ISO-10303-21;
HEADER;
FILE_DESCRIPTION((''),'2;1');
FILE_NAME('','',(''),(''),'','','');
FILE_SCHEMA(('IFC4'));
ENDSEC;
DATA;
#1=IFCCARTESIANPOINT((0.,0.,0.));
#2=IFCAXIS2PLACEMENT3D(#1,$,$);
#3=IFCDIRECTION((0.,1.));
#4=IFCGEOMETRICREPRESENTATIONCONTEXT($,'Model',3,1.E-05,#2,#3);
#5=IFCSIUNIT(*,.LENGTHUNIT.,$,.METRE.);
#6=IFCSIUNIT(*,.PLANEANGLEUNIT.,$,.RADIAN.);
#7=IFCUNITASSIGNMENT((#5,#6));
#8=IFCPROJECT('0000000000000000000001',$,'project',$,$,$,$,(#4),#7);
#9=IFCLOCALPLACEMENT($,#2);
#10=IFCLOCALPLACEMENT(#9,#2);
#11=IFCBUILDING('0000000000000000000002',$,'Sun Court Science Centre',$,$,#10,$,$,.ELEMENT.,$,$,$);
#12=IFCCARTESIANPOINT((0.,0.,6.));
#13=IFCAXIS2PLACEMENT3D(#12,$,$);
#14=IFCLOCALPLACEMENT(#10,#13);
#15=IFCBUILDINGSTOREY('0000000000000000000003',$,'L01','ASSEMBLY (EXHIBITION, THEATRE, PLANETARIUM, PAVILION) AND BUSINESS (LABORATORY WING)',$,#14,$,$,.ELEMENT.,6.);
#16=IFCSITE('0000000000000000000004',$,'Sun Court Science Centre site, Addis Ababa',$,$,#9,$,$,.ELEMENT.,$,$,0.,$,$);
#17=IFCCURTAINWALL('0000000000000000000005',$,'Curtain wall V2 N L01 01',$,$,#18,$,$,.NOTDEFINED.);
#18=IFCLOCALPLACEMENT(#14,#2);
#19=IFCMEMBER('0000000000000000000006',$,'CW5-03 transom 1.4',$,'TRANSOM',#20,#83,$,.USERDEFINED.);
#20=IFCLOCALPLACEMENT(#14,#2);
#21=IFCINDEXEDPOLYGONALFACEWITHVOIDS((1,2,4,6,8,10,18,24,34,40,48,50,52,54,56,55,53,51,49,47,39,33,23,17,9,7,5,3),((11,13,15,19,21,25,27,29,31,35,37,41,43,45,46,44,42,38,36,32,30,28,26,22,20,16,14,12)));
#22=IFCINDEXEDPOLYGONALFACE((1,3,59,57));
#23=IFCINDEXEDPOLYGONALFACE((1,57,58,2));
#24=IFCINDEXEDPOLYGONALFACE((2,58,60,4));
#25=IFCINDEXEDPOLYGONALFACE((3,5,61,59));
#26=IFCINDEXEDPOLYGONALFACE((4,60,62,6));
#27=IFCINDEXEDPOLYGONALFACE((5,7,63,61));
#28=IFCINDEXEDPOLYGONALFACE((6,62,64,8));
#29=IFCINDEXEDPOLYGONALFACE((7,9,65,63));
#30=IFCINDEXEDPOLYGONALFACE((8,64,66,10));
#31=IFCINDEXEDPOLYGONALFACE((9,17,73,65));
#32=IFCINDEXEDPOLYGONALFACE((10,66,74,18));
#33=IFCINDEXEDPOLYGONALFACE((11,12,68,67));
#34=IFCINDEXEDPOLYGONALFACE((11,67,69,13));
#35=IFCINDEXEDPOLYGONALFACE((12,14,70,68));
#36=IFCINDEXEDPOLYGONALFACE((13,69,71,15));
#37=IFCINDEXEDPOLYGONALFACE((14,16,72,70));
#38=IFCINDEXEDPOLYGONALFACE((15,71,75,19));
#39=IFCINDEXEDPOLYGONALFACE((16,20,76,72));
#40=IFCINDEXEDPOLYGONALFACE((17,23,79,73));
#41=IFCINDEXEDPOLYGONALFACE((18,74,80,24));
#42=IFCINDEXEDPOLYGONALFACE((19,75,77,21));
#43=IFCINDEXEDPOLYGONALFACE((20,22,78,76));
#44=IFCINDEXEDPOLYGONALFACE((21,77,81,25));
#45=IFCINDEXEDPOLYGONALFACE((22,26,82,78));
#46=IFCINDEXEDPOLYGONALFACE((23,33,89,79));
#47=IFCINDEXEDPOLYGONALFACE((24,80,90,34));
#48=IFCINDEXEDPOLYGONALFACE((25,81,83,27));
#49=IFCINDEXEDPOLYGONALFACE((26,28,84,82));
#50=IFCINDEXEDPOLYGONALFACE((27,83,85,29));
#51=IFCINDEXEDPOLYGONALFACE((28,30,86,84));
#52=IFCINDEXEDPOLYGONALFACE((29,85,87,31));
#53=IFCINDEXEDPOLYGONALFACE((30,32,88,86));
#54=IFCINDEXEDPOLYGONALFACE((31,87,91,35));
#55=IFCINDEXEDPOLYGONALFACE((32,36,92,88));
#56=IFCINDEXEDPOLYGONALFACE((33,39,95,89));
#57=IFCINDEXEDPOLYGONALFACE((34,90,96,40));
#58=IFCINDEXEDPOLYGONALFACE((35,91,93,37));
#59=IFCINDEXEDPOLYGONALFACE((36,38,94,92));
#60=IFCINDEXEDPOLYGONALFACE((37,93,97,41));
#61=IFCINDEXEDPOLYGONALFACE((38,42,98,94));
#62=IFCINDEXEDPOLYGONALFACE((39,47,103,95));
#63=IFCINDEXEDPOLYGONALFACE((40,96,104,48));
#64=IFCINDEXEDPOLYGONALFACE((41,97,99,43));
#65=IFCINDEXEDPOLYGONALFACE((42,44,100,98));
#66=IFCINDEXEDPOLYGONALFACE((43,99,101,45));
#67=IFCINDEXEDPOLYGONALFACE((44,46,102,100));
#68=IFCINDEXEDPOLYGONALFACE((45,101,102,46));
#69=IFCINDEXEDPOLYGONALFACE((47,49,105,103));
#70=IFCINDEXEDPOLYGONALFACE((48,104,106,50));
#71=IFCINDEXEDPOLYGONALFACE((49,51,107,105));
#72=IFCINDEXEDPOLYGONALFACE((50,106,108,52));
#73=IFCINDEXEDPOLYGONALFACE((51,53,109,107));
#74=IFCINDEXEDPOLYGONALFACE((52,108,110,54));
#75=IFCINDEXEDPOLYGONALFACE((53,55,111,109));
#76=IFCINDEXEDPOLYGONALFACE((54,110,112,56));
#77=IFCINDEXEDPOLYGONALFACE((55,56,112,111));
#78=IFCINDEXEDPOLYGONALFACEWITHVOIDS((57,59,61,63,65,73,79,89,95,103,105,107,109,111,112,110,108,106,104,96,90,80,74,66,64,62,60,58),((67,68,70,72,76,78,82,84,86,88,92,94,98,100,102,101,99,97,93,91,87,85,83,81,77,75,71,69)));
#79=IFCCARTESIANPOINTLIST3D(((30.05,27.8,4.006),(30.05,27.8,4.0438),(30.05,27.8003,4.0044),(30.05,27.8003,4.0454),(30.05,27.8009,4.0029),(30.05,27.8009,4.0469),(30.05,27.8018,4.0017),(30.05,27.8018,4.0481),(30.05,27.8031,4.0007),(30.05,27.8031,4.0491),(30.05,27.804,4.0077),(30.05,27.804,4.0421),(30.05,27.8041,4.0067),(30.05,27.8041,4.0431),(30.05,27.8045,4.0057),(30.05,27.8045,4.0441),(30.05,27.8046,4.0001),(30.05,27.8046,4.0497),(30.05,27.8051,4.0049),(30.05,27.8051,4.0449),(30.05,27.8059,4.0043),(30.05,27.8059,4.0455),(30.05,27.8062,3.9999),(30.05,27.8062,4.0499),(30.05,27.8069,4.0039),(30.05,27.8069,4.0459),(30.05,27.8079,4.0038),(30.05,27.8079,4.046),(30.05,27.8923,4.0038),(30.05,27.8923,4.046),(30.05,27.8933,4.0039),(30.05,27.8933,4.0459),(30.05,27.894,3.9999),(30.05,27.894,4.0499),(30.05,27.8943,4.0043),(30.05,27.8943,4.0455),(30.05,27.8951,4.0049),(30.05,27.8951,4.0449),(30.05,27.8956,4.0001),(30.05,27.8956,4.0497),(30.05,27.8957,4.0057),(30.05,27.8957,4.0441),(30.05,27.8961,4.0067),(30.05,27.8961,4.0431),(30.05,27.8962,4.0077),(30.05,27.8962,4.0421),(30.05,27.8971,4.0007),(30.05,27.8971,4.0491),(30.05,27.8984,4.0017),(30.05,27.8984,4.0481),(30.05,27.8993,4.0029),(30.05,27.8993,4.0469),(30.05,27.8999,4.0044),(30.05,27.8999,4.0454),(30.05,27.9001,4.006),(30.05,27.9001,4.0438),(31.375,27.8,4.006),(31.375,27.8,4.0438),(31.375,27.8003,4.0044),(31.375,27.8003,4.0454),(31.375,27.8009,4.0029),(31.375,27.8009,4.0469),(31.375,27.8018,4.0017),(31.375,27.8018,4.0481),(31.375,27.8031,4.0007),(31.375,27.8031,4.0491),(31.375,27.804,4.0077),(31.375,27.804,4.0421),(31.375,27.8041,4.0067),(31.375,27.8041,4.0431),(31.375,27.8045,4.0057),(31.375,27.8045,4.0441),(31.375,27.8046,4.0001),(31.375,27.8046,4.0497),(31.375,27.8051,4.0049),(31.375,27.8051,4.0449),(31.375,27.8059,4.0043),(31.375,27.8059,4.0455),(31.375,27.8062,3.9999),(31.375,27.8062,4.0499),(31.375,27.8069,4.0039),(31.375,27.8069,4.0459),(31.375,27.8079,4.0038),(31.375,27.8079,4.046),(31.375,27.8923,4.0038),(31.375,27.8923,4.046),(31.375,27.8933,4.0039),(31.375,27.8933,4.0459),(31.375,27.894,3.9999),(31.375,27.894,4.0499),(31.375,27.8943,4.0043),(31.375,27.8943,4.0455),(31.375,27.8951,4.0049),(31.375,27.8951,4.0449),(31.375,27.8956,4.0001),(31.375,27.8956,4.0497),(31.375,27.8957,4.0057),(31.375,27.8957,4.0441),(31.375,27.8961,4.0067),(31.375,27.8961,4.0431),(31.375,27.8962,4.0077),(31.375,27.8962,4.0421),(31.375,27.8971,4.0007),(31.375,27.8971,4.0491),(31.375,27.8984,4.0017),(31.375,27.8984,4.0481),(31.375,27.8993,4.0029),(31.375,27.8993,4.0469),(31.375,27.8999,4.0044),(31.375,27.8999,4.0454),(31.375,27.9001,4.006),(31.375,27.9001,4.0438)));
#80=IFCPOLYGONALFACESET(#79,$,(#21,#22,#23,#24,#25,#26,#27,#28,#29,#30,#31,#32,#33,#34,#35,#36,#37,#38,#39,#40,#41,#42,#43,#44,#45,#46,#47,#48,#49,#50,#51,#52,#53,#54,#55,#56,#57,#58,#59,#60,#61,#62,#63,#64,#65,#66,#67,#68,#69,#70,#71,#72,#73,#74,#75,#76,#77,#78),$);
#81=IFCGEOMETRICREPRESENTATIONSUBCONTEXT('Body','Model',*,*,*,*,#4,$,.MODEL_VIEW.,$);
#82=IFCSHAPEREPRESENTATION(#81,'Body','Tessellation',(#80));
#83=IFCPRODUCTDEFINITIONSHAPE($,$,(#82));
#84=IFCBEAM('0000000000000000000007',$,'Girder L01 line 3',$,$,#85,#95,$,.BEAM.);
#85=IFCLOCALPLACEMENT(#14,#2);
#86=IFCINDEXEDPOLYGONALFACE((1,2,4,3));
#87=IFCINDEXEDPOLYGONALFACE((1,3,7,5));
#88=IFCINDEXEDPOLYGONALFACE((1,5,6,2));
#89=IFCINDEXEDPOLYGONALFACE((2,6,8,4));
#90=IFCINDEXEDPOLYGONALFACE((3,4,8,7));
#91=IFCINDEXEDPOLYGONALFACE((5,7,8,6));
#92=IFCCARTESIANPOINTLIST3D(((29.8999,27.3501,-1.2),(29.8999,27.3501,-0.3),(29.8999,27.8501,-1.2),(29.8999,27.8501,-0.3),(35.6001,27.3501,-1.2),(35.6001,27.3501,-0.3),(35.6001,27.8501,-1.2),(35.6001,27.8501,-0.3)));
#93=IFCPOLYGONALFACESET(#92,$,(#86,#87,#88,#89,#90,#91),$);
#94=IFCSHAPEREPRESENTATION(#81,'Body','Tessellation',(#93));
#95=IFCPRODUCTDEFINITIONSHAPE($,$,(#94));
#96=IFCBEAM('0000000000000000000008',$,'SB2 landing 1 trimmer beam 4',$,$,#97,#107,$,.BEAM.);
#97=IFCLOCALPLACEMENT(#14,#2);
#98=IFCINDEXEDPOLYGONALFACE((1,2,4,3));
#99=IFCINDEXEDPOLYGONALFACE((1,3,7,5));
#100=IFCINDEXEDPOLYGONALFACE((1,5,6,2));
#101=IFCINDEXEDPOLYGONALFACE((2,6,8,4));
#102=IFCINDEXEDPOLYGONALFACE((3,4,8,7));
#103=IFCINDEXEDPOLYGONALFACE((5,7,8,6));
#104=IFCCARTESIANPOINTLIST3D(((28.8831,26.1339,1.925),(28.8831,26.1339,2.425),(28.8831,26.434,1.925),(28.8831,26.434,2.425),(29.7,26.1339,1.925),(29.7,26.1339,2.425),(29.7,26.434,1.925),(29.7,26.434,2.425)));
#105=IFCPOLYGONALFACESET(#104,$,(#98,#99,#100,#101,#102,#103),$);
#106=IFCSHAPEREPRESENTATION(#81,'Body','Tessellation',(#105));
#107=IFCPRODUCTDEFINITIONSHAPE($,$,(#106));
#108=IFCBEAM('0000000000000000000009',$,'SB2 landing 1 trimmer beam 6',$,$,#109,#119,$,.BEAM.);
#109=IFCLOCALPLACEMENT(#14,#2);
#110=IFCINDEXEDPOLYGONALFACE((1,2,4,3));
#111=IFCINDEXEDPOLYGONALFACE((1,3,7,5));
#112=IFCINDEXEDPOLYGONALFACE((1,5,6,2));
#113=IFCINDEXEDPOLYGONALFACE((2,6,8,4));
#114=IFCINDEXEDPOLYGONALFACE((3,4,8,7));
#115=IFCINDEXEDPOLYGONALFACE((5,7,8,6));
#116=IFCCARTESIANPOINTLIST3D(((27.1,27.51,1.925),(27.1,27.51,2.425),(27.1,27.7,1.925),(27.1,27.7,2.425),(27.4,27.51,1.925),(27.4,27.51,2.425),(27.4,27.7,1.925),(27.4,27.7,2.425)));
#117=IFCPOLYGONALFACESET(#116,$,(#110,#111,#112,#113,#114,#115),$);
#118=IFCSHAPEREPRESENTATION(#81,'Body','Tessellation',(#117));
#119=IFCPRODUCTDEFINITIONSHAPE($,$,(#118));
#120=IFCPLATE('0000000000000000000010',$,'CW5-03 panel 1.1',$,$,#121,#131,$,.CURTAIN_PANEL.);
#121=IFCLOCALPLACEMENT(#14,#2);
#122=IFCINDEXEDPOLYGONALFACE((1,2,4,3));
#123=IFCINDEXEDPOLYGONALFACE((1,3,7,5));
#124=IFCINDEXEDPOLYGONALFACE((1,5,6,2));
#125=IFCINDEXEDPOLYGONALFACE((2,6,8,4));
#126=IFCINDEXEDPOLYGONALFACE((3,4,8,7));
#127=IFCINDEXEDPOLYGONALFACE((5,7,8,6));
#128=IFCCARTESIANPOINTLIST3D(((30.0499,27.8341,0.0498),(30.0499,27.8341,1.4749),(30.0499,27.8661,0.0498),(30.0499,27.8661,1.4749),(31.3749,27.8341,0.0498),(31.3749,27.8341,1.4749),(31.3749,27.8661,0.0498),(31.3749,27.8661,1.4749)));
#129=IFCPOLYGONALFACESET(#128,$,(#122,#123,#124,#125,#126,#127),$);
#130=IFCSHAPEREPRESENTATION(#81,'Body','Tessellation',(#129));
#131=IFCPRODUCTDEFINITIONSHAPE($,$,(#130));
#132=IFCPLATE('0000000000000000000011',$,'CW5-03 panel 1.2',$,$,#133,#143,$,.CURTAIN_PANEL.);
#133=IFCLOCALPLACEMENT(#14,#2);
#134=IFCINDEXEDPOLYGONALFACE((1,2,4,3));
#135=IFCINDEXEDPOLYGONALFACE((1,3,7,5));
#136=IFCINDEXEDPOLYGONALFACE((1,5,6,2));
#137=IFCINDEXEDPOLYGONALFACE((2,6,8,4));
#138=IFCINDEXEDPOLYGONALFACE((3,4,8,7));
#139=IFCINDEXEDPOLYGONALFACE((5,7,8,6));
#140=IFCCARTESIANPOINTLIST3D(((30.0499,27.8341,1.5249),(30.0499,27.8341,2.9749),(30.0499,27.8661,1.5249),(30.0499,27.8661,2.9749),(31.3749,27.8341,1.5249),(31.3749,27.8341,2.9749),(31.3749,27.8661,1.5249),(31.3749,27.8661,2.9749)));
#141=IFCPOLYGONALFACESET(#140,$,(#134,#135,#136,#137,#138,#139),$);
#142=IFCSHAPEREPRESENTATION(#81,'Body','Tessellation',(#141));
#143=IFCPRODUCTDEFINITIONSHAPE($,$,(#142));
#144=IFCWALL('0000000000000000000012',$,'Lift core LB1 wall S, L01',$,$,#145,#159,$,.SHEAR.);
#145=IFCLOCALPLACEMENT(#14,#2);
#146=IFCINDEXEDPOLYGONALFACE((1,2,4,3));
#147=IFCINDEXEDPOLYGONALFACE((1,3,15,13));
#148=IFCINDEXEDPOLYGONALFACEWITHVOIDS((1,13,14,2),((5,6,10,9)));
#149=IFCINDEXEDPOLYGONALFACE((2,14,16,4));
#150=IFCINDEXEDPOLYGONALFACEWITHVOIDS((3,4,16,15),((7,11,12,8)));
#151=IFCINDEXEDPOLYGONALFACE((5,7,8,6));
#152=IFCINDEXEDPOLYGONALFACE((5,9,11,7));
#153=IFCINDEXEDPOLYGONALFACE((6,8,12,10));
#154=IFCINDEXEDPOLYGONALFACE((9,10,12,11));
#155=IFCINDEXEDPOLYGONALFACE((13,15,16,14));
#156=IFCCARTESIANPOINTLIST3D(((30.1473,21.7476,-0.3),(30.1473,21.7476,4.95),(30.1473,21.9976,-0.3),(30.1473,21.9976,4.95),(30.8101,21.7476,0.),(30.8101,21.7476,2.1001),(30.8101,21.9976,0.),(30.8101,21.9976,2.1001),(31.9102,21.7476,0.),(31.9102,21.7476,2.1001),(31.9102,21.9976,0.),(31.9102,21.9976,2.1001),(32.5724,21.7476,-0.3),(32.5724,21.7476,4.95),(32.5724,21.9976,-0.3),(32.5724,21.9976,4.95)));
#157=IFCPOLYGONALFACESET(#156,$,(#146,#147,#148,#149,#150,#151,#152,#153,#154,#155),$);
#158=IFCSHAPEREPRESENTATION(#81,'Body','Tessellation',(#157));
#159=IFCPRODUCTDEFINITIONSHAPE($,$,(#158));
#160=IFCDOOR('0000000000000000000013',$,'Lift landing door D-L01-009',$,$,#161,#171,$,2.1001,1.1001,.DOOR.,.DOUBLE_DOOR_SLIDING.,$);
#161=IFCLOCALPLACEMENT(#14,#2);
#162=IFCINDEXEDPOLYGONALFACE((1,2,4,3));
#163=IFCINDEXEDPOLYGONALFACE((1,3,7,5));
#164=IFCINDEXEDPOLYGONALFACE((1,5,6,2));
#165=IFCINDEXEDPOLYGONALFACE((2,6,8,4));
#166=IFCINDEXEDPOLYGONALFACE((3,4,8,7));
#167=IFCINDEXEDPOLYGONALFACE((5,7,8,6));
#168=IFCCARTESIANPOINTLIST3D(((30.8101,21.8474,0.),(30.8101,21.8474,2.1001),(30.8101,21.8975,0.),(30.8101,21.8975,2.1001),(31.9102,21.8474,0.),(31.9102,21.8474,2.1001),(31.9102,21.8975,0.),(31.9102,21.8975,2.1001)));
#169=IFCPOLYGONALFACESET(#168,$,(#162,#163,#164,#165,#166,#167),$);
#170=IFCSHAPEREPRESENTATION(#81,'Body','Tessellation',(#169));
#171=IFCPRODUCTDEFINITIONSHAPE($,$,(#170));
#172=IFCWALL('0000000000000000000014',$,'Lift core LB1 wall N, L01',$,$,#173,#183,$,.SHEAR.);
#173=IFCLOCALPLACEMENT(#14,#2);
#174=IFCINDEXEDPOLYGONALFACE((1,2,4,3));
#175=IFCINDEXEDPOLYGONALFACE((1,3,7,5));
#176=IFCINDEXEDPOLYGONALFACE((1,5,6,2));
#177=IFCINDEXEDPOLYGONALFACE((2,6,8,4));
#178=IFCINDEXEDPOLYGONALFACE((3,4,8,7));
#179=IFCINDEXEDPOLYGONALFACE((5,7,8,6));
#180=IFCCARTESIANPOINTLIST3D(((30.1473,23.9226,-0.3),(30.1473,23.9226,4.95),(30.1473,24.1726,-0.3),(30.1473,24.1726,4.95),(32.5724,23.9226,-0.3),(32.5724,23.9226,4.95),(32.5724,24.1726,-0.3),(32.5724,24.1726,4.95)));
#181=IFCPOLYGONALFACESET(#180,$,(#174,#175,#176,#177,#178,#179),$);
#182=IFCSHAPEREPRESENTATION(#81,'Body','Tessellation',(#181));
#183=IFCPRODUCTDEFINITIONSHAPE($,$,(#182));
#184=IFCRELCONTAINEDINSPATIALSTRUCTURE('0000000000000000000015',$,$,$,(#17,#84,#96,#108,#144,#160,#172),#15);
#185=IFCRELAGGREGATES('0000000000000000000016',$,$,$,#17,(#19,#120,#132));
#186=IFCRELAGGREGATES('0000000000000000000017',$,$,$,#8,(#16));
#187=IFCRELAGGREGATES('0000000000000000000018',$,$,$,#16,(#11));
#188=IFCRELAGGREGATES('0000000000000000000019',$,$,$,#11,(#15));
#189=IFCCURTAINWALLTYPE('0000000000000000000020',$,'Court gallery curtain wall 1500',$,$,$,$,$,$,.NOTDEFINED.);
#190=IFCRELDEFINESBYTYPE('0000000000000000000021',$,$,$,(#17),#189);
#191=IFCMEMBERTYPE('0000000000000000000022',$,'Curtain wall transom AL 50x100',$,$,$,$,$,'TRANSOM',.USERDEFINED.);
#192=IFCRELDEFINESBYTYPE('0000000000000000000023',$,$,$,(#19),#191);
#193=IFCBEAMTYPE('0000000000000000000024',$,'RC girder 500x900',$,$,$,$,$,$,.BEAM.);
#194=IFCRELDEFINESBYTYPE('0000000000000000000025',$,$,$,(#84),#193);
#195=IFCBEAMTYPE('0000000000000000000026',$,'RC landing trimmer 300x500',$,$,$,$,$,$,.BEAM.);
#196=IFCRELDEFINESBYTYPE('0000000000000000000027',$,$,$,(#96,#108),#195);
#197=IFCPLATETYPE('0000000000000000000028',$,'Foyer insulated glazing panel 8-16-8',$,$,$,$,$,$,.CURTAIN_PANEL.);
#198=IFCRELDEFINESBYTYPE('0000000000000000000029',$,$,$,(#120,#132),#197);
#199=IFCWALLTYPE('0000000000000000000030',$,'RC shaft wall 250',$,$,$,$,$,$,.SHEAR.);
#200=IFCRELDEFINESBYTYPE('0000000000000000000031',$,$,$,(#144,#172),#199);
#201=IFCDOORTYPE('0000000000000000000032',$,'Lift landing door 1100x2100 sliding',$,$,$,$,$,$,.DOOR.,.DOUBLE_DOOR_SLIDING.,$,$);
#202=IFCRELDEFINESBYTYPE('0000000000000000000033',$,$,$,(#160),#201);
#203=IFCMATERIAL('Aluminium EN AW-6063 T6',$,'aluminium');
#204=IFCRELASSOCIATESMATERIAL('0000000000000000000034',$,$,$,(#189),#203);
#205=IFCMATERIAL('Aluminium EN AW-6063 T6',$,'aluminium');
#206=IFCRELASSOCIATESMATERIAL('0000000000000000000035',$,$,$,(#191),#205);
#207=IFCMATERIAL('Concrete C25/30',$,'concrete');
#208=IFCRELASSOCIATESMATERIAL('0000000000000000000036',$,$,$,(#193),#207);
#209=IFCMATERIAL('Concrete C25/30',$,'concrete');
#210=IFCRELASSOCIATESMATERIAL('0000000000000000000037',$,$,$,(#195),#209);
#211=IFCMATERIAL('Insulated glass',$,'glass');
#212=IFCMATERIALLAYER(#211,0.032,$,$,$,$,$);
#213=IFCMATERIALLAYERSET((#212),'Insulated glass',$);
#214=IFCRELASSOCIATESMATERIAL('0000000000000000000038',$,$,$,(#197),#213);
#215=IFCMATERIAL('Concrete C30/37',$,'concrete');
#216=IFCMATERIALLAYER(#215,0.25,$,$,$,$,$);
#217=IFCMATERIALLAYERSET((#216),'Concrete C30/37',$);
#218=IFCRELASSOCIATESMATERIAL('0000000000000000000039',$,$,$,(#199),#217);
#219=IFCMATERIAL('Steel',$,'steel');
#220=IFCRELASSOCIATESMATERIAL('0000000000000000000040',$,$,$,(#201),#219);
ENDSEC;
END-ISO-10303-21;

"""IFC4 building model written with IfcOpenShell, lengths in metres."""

from ifc_helpers import new_model, si_unit, direction, frame, frame_2d, origin, origin_2d, place, context, subcontext, project, spatial, rectangle, hollow_rectangle, extrude, material, layer, layer_set, material_profile, profile_set, type_object, element, fill, aggregate, save


model = new_model("IFC4")

# Units and contexts
model_context = context("Model", 3, precision=1e-05, world=origin(), true_north=direction((0.0, 1.0)))
body_context = subcontext(model_context, "Body", "Model", "MODEL_VIEW")
ifc_project = project(units=[si_unit("LENGTHUNIT", "METRE"), si_unit("PLANEANGLEUNIT", "RADIAN")], contexts=[model_context])

# Site, building, storey
site_placement = place(None, origin())
site = spatial("IfcSite", under=ifc_project, at=site_placement, Name="Sun Court Science Centre site, Addis Ababa", CompositionType="ELEMENT", RefElevation=0.0)
building_placement = place(site_placement, origin())
building = spatial("IfcBuilding", under=site, at=building_placement, Name="Sun Court Science Centre", CompositionType="ELEMENT")
storey_placement = place(building_placement, frame((0.0, 0.0, 6.0)))
storey = spatial("IfcBuildingStorey", under=building, at=storey_placement, Name="L01", Description="ASSEMBLY (EXHIBITION, THEATRE, PLANETARIUM, PAVILION) AND BUSINESS (LABORATORY WING)", CompositionType="ELEMENT", Elevation=6.0)

# Curtain wall, member
ifc_material_1 = material(Name="Aluminium EN AW-6063 T6", Category="aluminium")
curtain_wall_type = type_object("IfcCurtainWallType", Name="Court gallery curtain wall 1500", PredefinedType="NOTDEFINED", material=ifc_material_1)
curtain_wall_placement = place(storey_placement, origin())
curtain_wall = element("IfcCurtainWall", 1, at=curtain_wall_placement, inside=storey, type_object=curtain_wall_type, Name="Curtain wall V2 N L01 01", PredefinedType="NOTDEFINED")
ifc_material_2 = material(Name="Aluminium EN AW-6063 T6", Category="aluminium")
ifc_material_profile_1 = material_profile(ifc_material_2, hollow_rectangle(XDim=0.05, YDim=0.1001, WallThickness=0.0039, InnerFilletRadius=0.0039, OuterFilletRadius=0.0061, at=origin_2d()), Name="AL 50x100x4")
ifc_profile_set_1 = profile_set([ifc_material_profile_1], Name="Aluminium EN AW-6063 T6")
member_type_1 = type_object("IfcMemberType", Name="Curtain wall transom AL 50x100", ElementType="TRANSOM", PredefinedType="USERDEFINED", material=ifc_profile_set_1)
member_1_placement = place(storey_placement, frame((30.05, 27.8501, 4.0249), z_axis=(1.0, 0.0, 0.0), x_axis=(0.0, 0.0, 1.0)))
member_1 = element("IfcMember", 2, at=member_1_placement, type_object=member_type_1, Name="CW5-03 transom 1.4", ObjectType="TRANSOM", PredefinedType="USERDEFINED", context=body_context, shape_type="SweptSolid", body=[
    extrude(hollow_rectangle(XDim=0.05, YDim=0.1001, WallThickness=0.0039, InnerFilletRadius=0.0039, OuterFilletRadius=0.0061, at=origin_2d()), origin(), (0.0, 0.0, 1.0), 1.325),
])

# Beams
ifc_material_3 = material(Name="Concrete C25/30", Category="concrete")
ifc_material_profile_2 = material_profile(ifc_material_3, rectangle(XDim=0.5, YDim=0.8999, at=origin_2d()), Name="RC 500x900")
ifc_profile_set_2 = profile_set([ifc_material_profile_2], Name="Concrete C25/30")
beam_type_1 = type_object("IfcBeamType", Name="RC girder 500x900", PredefinedType="BEAM", material=ifc_profile_set_2)
beam_1_placement = place(storey_placement, frame((29.8999, 27.6001, -0.75), z_axis=(1.0, 0.0, 0.0), x_axis=(0.0, 1.0, 0.0)))
element("IfcBeam", 3, at=beam_1_placement, inside=storey, type_object=beam_type_1, Name="Girder L01 line 3", PredefinedType="BEAM", context=body_context, shape_type="SweptSolid", body=[
    extrude(rectangle(XDim=0.5, YDim=0.8999, at=origin_2d()), origin(), (0.0, 0.0, 1.0), 5.7002),
])
ifc_material_4 = material(Name="Concrete C25/30", Category="concrete")
ifc_material_profile_3 = material_profile(ifc_material_4, rectangle(XDim=0.3, YDim=0.5, at=origin_2d()), Name="RC 300x500")
ifc_profile_set_3 = profile_set([ifc_material_profile_3], Name="Concrete C25/30")
beam_type_2 = type_object("IfcBeamType", Name="RC landing trimmer 300x500", PredefinedType="BEAM", material=ifc_profile_set_3)
beam_2_placement = place(storey_placement, frame((29.7, 26.2839, 2.175), z_axis=(-1.0, 0.0, 0.0), x_axis=(0.0, -1.0, 0.0)))
element("IfcBeam", 4, at=beam_2_placement, inside=storey, type_object=beam_type_2, Name="SB2 landing 1 trimmer beam 4", PredefinedType="BEAM", context=body_context, shape_type="SweptSolid", body=[
    extrude(rectangle(XDim=0.3, YDim=0.5, at=origin_2d()), origin(), (0.0, 0.0, 1.0), 0.8169),
])
beam_3_placement = place(storey_placement, frame((27.25, 27.7, 2.175), z_axis=(0.0, -1.0, 0.0), x_axis=(1.0, 0.0, 0.0)))
element("IfcBeam", 5, at=beam_3_placement, inside=storey, type_object=beam_type_2, Name="SB2 landing 1 trimmer beam 6", PredefinedType="BEAM", context=body_context, shape_type="SweptSolid", body=[
    extrude(rectangle(XDim=0.3, YDim=0.5, at=origin_2d()), origin(), (0.0, 0.0, 1.0), 0.1899),
])

# Plates
ifc_material_5 = material(Name="Insulated glass", Category="glass")
ifc_layer_1 = layer(ifc_material_5, 0.032)
ifc_layer_set_1 = layer_set([ifc_layer_1], Name="Insulated glass")
plate_type = type_object("IfcPlateType", Name="Foyer insulated glazing panel 8-16-8", PredefinedType="CURTAIN_PANEL", material=ifc_layer_set_1)
plate_1_placement = place(storey_placement, frame((30.7124, 27.8501, 0.0498), z_axis=(0.0, 0.0, 1.0), x_axis=(1.0, 0.0, 0.0)))
plate_1 = element("IfcPlate", 6, at=plate_1_placement, type_object=plate_type, Name="CW5-03 panel 1.1", PredefinedType="CURTAIN_PANEL", context=body_context, shape_type="SweptSolid", body=[
    extrude(rectangle(XDim=1.325, YDim=0.032, at=origin_2d()), origin(), (0.0, 0.0, 1.0), 1.425),
])
plate_2_placement = place(storey_placement, frame((30.7124, 27.8501, 1.5249), z_axis=(0.0, 0.0, 1.0), x_axis=(1.0, 0.0, 0.0)))
plate_2 = element("IfcPlate", 7, at=plate_2_placement, type_object=plate_type, Name="CW5-03 panel 1.2", PredefinedType="CURTAIN_PANEL", context=body_context, shape_type="SweptSolid", body=[
    extrude(rectangle(XDim=1.325, YDim=0.032, at=origin_2d()), origin(), (0.0, 0.0, 1.0), 1.45),
])
aggregate(curtain_wall, [member_1, plate_1, plate_2])

# Wall, opening, door
ifc_material_6 = material(Name="Concrete C30/37", Category="concrete")
ifc_layer_2 = layer(ifc_material_6, 0.25)
ifc_layer_set_2 = layer_set([ifc_layer_2], Name="Concrete C30/37")
wall_type = type_object("IfcWallType", Name="RC shaft wall 250", PredefinedType="SHEAR", material=ifc_layer_set_2)
wall_1_placement = place(storey_placement, frame((30.1475, 21.8726, -0.3), z_axis=(0.0, 0.0, 1.0), x_axis=(1.0, 0.0, 0.0)))
wall_1 = element("IfcWall", 8, at=wall_1_placement, inside=storey, type_object=wall_type, Name="Lift core LB1 wall S, L01", PredefinedType="SHEAR", context=body_context, shape_type="SweptSolid", body=[
    extrude(rectangle(XDim=2.425, YDim=0.25, at=frame_2d((1.2124, 0.0))), origin(), (0.0, 0.0, 1.0), 5.25),
])
opening_placement = place(wall_1_placement, frame((0.6626, 0.0, 0.3)))
opening = element("IfcOpeningElement", 9, at=opening_placement, cuts=wall_1, PredefinedType="OPENING", context=body_context, shape_type="SweptSolid", body=[
    extrude(rectangle(XDim=1.1001, YDim=2.1001, at=frame_2d((0.55, 1.05))), frame((0.0, 0.135, 0.0), z_axis=(0.0, -1.0, 0.0), x_axis=(1.0, 0.0, 0.0)), (0.0, 0.0, 1.0), 0.27),
])
ifc_material_7 = material(Name="Steel", Category="steel")
door_type = type_object("IfcDoorType", Name="Lift landing door 1100x2100 sliding", OperationType="DOUBLE_DOOR_SLIDING", PredefinedType="DOOR", material=ifc_material_7)
door_placement = place(opening_placement, origin())
door = element("IfcDoor", 10, at=door_placement, inside=storey, type_object=door_type, Name="Lift landing door D-L01-009", OperationType="DOUBLE_DOOR_SLIDING", OverallHeight=2.1001, OverallWidth=1.1001, PredefinedType="DOOR", context=body_context, shape_type="SweptSolid", body=[
    extrude(rectangle(XDim=1.1001, YDim=2.1001, at=frame_2d((0.55, 1.05))), frame((0.0, 0.0249, 0.0), z_axis=(0.0, -1.0, 0.0), x_axis=(1.0, 0.0, 0.0)), (0.0, 0.0, 1.0), 0.05),
])
fill(opening, door)

# Wall
wall_2_placement = place(storey_placement, frame((30.1475, 24.0476, -0.3), z_axis=(0.0, 0.0, 1.0), x_axis=(1.0, 0.0, 0.0)))
element("IfcWall", 11, at=wall_2_placement, inside=storey, type_object=wall_type, Name="Lift core LB1 wall N, L01", PredefinedType="SHEAR", context=body_context, shape_type="SweptSolid", body=[
    extrude(rectangle(XDim=2.425, YDim=0.25, at=frame_2d((1.2124, 0.0))), origin(), (0.0, 0.0, 1.0), 5.25),
])

save(model, "model.ifc")
